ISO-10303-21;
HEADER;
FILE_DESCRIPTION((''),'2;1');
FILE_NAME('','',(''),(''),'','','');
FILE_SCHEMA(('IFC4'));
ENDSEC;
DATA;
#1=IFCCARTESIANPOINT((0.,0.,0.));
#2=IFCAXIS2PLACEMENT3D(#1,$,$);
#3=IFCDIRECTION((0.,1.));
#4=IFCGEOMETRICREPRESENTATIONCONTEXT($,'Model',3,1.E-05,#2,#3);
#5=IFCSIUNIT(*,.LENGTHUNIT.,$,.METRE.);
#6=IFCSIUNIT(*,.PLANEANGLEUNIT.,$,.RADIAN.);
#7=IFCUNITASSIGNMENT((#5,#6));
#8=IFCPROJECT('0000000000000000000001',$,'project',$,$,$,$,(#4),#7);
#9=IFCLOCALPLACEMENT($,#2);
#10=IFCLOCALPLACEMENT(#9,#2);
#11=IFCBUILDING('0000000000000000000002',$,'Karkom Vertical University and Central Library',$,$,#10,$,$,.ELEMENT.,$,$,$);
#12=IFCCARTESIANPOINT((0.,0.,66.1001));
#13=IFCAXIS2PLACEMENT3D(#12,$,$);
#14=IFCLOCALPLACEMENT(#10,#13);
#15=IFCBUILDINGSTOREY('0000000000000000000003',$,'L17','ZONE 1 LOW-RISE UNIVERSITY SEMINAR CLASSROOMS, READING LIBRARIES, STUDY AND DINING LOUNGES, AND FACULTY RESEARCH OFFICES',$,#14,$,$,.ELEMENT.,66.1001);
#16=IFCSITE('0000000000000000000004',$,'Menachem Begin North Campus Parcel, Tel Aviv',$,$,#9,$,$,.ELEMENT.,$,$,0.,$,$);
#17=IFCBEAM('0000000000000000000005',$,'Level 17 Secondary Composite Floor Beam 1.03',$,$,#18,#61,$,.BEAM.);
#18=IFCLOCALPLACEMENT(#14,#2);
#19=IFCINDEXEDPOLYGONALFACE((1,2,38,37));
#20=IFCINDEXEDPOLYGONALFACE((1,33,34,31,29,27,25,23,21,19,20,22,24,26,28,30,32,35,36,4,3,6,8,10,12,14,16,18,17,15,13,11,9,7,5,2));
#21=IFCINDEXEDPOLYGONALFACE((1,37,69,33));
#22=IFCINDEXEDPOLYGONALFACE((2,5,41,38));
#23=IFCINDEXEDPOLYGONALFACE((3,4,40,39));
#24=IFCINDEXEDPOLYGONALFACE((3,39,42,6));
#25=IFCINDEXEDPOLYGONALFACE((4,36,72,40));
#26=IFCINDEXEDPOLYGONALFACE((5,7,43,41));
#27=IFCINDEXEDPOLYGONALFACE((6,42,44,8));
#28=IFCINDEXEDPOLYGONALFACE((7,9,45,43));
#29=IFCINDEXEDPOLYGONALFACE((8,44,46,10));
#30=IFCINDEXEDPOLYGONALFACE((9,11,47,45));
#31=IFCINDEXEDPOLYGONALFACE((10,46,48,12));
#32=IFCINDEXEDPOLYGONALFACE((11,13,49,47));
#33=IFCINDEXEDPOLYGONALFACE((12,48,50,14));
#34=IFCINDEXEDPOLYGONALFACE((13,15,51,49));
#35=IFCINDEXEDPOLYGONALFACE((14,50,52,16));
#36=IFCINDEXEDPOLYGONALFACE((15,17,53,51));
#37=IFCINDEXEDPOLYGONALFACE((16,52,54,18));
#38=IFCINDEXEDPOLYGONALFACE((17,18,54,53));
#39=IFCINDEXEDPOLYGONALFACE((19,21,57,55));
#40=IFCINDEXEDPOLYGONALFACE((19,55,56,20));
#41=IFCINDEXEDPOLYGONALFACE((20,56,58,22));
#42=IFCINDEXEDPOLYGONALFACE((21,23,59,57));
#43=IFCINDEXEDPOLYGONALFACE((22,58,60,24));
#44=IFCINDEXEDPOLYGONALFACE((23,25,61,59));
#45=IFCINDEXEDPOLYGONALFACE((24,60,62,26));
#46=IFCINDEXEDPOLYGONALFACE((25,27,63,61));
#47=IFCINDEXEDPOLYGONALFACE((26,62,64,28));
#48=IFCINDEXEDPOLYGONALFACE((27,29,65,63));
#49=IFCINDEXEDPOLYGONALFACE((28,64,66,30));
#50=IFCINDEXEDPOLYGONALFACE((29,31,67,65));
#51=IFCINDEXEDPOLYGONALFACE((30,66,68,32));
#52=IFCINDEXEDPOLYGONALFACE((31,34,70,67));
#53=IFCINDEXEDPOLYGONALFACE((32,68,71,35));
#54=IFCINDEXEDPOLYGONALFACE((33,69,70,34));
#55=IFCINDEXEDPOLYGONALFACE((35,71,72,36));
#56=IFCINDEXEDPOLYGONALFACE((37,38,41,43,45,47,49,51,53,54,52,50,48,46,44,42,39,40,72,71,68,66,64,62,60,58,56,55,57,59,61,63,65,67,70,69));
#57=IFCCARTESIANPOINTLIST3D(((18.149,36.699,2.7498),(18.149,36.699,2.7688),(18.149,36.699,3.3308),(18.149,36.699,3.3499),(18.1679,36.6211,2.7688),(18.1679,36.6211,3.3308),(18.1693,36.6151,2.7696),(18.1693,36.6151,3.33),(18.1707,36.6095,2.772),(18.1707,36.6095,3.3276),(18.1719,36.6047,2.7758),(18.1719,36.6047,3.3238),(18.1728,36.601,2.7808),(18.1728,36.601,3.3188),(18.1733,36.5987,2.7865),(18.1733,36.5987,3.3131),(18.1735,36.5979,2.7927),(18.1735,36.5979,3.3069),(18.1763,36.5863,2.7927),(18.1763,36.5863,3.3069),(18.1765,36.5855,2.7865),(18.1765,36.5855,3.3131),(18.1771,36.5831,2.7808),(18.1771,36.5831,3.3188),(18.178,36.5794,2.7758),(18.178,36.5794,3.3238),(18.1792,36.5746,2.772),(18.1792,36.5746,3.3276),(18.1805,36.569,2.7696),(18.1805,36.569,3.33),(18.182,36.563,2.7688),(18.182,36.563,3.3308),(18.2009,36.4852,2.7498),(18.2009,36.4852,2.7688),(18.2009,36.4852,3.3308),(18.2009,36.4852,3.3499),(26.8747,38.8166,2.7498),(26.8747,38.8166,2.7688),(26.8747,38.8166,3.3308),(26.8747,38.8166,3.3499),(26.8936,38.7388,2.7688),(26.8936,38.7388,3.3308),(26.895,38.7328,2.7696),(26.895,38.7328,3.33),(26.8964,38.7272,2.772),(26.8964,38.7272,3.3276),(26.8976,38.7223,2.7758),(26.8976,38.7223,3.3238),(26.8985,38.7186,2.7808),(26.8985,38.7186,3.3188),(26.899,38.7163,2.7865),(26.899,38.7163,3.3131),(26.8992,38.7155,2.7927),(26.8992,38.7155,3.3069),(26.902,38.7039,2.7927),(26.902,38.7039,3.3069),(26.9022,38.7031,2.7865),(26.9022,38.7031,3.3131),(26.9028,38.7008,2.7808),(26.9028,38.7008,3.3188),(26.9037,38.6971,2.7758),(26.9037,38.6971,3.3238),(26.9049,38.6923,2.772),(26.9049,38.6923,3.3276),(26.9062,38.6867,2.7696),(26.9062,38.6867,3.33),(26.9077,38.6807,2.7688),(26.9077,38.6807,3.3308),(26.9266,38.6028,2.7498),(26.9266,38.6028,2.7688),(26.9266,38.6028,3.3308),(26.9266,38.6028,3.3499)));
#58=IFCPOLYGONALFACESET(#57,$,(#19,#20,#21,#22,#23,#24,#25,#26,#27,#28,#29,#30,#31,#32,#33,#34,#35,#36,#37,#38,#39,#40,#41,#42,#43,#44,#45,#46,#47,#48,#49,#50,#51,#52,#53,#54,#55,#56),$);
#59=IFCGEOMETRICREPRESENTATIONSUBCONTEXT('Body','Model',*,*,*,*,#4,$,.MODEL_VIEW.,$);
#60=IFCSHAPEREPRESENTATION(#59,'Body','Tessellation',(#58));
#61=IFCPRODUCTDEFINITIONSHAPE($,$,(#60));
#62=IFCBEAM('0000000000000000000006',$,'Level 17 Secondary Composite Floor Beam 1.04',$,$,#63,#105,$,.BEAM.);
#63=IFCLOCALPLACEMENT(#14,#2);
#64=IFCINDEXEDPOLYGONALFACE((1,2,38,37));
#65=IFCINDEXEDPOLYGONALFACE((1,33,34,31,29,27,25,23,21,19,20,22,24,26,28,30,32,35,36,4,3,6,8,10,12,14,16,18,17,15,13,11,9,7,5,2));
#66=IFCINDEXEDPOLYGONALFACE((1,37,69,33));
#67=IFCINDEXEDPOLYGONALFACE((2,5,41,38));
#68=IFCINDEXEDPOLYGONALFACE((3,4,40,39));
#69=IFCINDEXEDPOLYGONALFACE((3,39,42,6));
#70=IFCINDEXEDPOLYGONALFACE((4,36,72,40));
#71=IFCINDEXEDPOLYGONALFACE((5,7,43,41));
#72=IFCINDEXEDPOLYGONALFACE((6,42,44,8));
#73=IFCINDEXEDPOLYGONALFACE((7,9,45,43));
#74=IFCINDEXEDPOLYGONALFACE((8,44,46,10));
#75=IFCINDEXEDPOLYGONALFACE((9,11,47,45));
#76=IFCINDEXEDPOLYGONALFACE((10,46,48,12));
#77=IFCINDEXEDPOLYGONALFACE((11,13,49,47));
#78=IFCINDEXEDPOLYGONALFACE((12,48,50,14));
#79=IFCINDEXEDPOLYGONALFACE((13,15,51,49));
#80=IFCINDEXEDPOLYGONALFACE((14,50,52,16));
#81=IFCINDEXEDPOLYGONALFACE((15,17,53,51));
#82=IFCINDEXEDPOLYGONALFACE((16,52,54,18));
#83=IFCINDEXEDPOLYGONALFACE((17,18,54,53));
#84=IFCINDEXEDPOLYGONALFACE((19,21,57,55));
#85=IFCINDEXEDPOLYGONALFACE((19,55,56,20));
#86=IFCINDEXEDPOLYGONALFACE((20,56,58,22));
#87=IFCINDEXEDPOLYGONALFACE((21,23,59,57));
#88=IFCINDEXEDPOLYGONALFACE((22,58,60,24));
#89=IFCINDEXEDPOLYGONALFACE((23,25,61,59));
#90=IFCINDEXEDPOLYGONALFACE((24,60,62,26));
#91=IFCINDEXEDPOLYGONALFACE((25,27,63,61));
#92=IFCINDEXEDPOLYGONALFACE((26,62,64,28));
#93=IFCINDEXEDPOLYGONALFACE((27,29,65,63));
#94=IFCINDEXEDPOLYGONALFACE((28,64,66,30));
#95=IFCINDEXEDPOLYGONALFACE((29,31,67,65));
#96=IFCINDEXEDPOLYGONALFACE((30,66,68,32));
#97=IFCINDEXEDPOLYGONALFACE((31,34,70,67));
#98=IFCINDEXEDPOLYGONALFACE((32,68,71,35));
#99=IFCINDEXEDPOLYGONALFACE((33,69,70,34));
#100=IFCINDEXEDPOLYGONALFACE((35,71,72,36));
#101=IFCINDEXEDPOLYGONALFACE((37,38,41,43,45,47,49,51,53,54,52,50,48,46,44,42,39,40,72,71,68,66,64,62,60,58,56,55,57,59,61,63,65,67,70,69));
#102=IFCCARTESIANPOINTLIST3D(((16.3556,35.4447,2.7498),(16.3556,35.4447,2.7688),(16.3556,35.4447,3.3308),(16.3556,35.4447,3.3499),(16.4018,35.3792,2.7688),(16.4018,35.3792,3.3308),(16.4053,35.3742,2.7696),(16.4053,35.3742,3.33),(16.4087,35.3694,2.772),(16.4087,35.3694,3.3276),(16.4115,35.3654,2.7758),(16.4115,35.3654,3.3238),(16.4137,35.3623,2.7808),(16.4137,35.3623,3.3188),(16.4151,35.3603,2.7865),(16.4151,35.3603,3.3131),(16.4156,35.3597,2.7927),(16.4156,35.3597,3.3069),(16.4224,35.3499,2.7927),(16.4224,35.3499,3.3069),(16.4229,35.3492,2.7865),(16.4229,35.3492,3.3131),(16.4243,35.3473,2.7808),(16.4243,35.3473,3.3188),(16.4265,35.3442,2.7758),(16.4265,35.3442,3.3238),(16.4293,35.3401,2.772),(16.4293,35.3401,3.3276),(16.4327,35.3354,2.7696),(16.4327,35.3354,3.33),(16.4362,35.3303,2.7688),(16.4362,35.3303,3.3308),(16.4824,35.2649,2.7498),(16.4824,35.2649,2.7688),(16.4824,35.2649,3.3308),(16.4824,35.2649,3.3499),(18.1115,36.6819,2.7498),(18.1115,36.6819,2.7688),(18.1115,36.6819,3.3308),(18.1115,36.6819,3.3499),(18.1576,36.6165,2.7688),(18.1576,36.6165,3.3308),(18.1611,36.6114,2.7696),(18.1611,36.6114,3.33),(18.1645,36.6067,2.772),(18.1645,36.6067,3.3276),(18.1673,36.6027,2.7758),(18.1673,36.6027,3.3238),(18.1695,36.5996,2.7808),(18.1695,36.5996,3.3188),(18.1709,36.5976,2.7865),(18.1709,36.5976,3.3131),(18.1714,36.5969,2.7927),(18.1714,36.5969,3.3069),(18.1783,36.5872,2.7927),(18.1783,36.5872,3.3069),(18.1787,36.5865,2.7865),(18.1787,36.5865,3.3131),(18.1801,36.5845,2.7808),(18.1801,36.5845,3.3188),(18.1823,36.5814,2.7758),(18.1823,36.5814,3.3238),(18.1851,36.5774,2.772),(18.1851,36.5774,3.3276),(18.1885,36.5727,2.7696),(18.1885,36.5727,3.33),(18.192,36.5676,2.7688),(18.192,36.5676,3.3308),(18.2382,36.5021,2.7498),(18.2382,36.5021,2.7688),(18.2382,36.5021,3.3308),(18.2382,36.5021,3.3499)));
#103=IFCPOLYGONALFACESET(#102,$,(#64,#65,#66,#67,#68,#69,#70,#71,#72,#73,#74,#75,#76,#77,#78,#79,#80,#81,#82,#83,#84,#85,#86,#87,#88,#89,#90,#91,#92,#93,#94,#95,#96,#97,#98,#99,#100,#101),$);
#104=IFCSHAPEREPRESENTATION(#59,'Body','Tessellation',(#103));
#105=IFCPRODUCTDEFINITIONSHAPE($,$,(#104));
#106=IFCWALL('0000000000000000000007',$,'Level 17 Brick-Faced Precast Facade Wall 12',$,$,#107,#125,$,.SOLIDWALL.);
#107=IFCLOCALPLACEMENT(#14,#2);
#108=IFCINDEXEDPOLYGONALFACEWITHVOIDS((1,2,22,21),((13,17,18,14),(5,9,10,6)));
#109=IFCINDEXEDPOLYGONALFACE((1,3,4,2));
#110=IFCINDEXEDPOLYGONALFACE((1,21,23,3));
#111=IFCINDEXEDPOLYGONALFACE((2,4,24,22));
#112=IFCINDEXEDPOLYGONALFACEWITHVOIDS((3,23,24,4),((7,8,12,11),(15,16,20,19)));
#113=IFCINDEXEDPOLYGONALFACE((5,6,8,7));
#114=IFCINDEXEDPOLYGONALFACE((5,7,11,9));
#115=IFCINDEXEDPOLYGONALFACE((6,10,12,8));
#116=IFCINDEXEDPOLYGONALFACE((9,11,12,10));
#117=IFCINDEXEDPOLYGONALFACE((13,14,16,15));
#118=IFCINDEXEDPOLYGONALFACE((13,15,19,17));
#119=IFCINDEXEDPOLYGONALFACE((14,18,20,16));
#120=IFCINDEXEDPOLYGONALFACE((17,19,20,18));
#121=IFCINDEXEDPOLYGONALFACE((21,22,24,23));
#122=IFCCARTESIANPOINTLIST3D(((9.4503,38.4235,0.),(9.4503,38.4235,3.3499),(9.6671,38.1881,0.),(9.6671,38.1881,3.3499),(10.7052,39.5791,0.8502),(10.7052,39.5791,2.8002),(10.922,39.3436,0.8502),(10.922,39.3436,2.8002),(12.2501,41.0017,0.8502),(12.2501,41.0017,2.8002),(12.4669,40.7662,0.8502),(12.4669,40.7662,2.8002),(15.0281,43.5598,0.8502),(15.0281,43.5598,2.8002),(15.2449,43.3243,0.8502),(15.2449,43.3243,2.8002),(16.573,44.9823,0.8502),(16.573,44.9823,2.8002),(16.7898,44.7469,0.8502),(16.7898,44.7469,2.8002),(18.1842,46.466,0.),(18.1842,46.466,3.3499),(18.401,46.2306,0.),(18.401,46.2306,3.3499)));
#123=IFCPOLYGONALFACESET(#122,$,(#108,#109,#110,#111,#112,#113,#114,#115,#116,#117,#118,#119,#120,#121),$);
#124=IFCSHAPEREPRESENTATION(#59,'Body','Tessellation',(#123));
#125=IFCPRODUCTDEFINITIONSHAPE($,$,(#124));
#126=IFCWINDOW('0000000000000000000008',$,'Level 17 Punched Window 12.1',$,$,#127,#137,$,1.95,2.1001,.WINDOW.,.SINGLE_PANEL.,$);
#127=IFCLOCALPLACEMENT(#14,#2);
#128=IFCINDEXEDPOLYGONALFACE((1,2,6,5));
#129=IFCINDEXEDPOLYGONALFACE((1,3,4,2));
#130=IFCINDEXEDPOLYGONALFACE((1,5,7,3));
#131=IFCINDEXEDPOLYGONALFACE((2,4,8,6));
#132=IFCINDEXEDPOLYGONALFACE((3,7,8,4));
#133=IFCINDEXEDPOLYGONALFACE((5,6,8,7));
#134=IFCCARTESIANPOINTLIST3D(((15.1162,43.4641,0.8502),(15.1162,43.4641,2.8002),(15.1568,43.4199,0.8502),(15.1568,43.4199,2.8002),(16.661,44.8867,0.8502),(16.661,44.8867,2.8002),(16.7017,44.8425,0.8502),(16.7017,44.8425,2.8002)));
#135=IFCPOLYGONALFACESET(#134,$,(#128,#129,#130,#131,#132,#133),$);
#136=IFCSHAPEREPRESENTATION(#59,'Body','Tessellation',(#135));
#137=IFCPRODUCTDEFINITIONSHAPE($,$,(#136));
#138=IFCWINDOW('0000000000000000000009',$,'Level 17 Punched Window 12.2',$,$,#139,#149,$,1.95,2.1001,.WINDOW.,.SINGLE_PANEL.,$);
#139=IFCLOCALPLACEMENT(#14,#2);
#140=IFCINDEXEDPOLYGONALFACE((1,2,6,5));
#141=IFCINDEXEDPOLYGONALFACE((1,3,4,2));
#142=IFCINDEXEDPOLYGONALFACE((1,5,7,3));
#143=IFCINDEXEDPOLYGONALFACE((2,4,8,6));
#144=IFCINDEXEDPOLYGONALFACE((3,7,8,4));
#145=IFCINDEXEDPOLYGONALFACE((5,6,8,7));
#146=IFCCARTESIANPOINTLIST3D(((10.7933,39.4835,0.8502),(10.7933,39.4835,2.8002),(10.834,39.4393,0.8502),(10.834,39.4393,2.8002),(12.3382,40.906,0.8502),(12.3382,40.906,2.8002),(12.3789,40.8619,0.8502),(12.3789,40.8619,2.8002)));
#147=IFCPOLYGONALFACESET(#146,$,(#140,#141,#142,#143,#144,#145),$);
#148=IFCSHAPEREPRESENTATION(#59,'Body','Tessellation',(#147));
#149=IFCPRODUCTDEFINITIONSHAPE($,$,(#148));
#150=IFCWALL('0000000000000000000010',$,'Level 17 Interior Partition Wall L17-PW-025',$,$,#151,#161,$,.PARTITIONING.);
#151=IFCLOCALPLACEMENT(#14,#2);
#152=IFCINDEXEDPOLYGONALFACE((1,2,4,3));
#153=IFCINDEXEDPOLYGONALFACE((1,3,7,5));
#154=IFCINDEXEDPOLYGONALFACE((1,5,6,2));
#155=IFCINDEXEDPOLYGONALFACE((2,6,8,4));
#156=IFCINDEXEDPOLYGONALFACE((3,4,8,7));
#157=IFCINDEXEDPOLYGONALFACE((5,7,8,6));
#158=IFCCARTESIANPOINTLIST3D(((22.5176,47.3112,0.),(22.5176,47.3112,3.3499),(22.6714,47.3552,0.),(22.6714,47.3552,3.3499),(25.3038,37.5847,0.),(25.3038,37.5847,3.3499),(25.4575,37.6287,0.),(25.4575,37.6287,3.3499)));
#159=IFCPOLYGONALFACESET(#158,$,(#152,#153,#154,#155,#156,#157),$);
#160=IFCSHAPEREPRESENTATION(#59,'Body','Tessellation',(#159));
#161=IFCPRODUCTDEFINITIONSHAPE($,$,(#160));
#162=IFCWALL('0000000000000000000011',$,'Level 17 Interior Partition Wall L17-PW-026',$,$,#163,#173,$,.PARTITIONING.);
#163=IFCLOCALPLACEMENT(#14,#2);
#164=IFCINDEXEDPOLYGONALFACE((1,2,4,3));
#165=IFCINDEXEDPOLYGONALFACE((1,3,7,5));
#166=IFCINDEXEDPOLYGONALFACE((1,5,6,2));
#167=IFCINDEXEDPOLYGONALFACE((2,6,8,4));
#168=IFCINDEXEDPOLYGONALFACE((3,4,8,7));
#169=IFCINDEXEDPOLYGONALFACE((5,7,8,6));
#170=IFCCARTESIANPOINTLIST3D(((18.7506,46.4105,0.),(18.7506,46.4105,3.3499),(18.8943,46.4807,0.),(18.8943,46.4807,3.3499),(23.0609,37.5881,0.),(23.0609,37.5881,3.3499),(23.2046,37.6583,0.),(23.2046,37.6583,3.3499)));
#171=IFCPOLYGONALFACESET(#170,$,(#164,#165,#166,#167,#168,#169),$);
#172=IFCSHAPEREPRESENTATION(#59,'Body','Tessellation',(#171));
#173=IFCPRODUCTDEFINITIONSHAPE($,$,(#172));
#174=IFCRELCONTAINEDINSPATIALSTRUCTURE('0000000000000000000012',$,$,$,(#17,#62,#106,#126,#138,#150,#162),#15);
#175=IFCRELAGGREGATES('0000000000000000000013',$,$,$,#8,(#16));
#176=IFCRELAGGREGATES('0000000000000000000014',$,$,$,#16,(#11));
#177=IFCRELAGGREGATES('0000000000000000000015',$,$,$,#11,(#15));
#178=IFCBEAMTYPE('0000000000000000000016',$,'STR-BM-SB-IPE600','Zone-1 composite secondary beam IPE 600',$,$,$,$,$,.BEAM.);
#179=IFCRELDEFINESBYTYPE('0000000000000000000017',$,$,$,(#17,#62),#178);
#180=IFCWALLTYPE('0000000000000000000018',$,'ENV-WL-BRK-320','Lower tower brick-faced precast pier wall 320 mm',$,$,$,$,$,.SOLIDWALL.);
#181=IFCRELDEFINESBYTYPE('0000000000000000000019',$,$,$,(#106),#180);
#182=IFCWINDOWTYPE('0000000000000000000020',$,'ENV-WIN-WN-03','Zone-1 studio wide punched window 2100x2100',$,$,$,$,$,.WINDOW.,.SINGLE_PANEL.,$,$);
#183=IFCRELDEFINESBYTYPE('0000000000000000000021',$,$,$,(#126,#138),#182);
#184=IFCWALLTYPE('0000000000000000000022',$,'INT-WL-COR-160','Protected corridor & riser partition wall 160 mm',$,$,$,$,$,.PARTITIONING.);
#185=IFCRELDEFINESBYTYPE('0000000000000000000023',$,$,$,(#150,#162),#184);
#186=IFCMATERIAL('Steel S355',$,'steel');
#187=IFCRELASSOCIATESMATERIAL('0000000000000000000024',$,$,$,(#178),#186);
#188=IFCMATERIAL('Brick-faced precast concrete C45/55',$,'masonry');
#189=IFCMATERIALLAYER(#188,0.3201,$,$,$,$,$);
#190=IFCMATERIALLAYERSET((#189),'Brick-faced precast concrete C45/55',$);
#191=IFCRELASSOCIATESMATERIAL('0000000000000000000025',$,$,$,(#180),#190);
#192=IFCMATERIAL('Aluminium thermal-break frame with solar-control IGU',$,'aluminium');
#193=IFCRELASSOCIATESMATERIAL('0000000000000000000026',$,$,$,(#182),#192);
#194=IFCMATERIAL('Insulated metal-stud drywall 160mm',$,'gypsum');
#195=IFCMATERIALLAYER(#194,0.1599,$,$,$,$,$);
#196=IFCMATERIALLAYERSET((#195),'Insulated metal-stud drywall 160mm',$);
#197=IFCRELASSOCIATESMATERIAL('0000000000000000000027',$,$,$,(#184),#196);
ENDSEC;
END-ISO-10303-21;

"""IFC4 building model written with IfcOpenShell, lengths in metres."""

from ifc_helpers import new_model, si_unit, direction, frame, frame_2d, origin, origin_with_axes, origin_2d, place, context, subcontext, project, spatial, rectangle, i_section, extrude, source, transform, mapped, material, layer, layer_set, material_profile, profile_set, type_object, element, fill, save


model = new_model("IFC4")

# Units and contexts
model_context = context("Model", 3, precision=1e-05, world=origin(), true_north=direction((0.0, 1.0)))
body_context = subcontext(model_context, "Body", "Model", "MODEL_VIEW")
ifc_project = project(units=[si_unit("LENGTHUNIT", "METRE"), si_unit("PLANEANGLEUNIT", "RADIAN")], contexts=[model_context])

# Site, building, storey
site_placement = place(None, origin())
site = spatial("IfcSite", under=ifc_project, at=site_placement, Name="Menachem Begin North Campus Parcel, Tel Aviv", CompositionType="ELEMENT", RefElevation=0.0)
building_placement = place(site_placement, origin())
building = spatial("IfcBuilding", under=site, at=building_placement, Name="Karkom Vertical University and Central Library", CompositionType="ELEMENT")
storey_placement = place(building_placement, frame((0.0, 0.0, 66.1001)))
storey = spatial("IfcBuildingStorey", under=building, at=storey_placement, Name="L17", Description="ZONE 1 LOW-RISE UNIVERSITY SEMINAR CLASSROOMS, READING LIBRARIES, STUDY AND DINING LOUNGES, AND FACULTY RESEARCH OFFICES", CompositionType="ELEMENT", Elevation=66.1001)

# Beams
ifc_material_1 = material(Name="Steel S355", Category="steel")
ifc_material_profile_1 = material_profile(ifc_material_1, i_section(OverallWidth=0.22, OverallDepth=0.6001, WebThickness=0.012, FlangeThickness=0.019, FilletRadius=0.0239, at=origin_2d()), Name="IPE 600")
ifc_profile_set_1 = profile_set([ifc_material_profile_1], Name="Steel S355")
beam_type_1 = type_object("IfcBeamType", Name="STR-BM-SB-IPE600", Description="Zone-1 composite secondary beam IPE 600", PredefinedType="BEAM", material=ifc_profile_set_1)
shared_shape_1 = source(origin_with_axes(), body_context, "Body", "SweptSolid", [
    extrude(i_section(OverallWidth=0.22, OverallDepth=0.6001, WebThickness=0.012, FlangeThickness=0.019, FilletRadius=0.0239, at=origin_2d()), origin(), (0.0, 0.0, 1.0), 8.979),
])
beam_1_placement = place(storey_placement, frame((26.9006, 38.7097, 3.0498), z_axis=(-0.971791, -0.235844, 0.0), x_axis=(0.235844, -0.971791, 0.0)))
element("IfcBeam", 1, at=beam_1_placement, inside=storey, type_object=beam_type_1, Name="Level 17 Secondary Composite Floor Beam 1.03", PredefinedType="BEAM", context=body_context, shape_type="MappedRepresentation", body=[
    mapped(shared_shape_1, transform((0.0, 0.0, 0.0), scale=1.0)),
])
shared_shape_2 = source(origin_with_axes(), body_context, "Body", "SweptSolid", [
    extrude(i_section(OverallWidth=0.22, OverallDepth=0.6001, WebThickness=0.012, FlangeThickness=0.019, FilletRadius=0.0239, at=origin_2d()), origin(), (0.0, 0.0, 1.0), 2.1479),
])
beam_2_placement = place(storey_placement, frame((18.1748, 36.592, 3.0498), z_axis=(-0.817434, -0.576023, 0.0), x_axis=(0.576023, -0.817434, 0.0)))
element("IfcBeam", 2, at=beam_2_placement, inside=storey, type_object=beam_type_1, Name="Level 17 Secondary Composite Floor Beam 1.04", PredefinedType="BEAM", context=body_context, shape_type="MappedRepresentation", body=[
    mapped(shared_shape_2, transform((0.0, 0.0, 0.0), scale=1.0)),
])

# Wall, openings, windows
ifc_material_2 = material(Name="Brick-faced precast concrete C45/55", Category="masonry")
ifc_layer_1 = layer(ifc_material_2, 0.3201)
ifc_layer_set_1 = layer_set([ifc_layer_1], Name="Brick-faced precast concrete C45/55")
wall_type_1 = type_object("IfcWallType", Name="ENV-WL-BRK-320", Description="Lower tower brick-faced precast pier wall 320 mm", PredefinedType="SOLIDWALL", material=ifc_layer_set_1)
wall_1_placement = place(storey_placement, frame((18.2927, 46.3484, 0.0), z_axis=(0.0, 0.0, 1.0), x_axis=(-0.735624, -0.67739, 0.0)))
wall_1 = element("IfcWall", 3, at=wall_1_placement, inside=storey, type_object=wall_type_1, Name="Level 17 Brick-Faced Precast Facade Wall 12", PredefinedType="SOLIDWALL", context=body_context, shape_type="SweptSolid", body=[
    extrude(rectangle(XDim=11.8728, YDim=0.3201, at=frame_2d((5.9365, 0.0))), origin(), (0.0, 0.0, 1.0), 3.3499),
])
opening_1_placement = place(wall_1_placement, frame((2.1904, 0.0, 0.8501)))
opening_1 = element("IfcOpeningElement", 4, at=opening_1_placement, cuts=wall_1, PredefinedType="OPENING", context=body_context, shape_type="SweptSolid", body=[
    extrude(rectangle(XDim=2.1001, YDim=1.95, at=frame_2d((1.05, 0.9751))), frame((0.0, 0.1699, 0.0), z_axis=(0.0, -1.0, 0.0), x_axis=(1.0, 0.0, 0.0)), (0.0, 0.0, 1.0), 0.3401),
])
opening_2_placement = place(wall_1_placement, frame((8.0669, 0.0, 0.8501)))
opening_2 = element("IfcOpeningElement", 5, at=opening_2_placement, cuts=wall_1, PredefinedType="OPENING", context=body_context, shape_type="SweptSolid", body=[
    extrude(rectangle(XDim=2.1001, YDim=1.95, at=frame_2d((1.05, 0.9751))), frame((0.0, 0.1699, 0.0), z_axis=(0.0, -1.0, 0.0), x_axis=(1.0, 0.0, 0.0)), (0.0, 0.0, 1.0), 0.3401),
])
ifc_material_3 = material(Name="Aluminium thermal-break frame with solar-control IGU", Category="aluminium")
window_type = type_object("IfcWindowType", Name="ENV-WIN-WN-03", Description="Zone-1 studio wide punched window 2100x2100", PartitioningType="SINGLE_PANEL", PredefinedType="WINDOW", material=ifc_material_3)
shared_shape_3 = source(origin_with_axes(), body_context, "Body", "SweptSolid", [
    extrude(rectangle(XDim=2.1001, YDim=1.95, at=frame_2d((1.05, 0.9751))), frame((0.0, 0.03, 0.0), z_axis=(0.0, -1.0, 0.0), x_axis=(1.0, 0.0, 0.0)), (0.0, 0.0, 1.0), 0.0601),
])
window_1_placement = place(opening_1_placement, origin())
window_1 = element("IfcWindow", 6, at=window_1_placement, inside=storey, type_object=window_type, Name="Level 17 Punched Window 12.1", OverallHeight=1.95, OverallWidth=2.1001, PartitioningType="SINGLE_PANEL", PredefinedType="WINDOW", context=body_context, shape_type="MappedRepresentation", body=[
    mapped(shared_shape_3, transform((0.0, 0.0, 0.0), scale=1.0)),
])
fill(opening_1, window_1)
window_2_placement = place(opening_2_placement, origin())
window_2 = element("IfcWindow", 7, at=window_2_placement, inside=storey, type_object=window_type, Name="Level 17 Punched Window 12.2", OverallHeight=1.95, OverallWidth=2.1001, PartitioningType="SINGLE_PANEL", PredefinedType="WINDOW", context=body_context, shape_type="MappedRepresentation", body=[
    mapped(shared_shape_3, transform((0.0, 0.0, 0.0), scale=1.0)),
])
fill(opening_2, window_2)

# Walls
ifc_material_4 = material(Name="Insulated metal-stud drywall 160mm", Category="gypsum")
ifc_layer_2 = layer(ifc_material_4, 0.1599)
ifc_layer_set_2 = layer_set([ifc_layer_2], Name="Insulated metal-stud drywall 160mm")
wall_type_2 = type_object("IfcWallType", Name="INT-WL-COR-160", Description="Protected corridor & riser partition wall 160 mm", PredefinedType="PARTITIONING", material=ifc_layer_set_2)
wall_2_placement = place(storey_placement, frame((25.3806, 37.6067, 0.0), z_axis=(0.0, 0.0, 1.0), x_axis=(-0.275371, 0.961338, 0.0)))
element("IfcWall", 8, at=wall_2_placement, inside=storey, type_object=wall_type_2, Name="Level 17 Interior Partition Wall L17-PW-025", PredefinedType="PARTITIONING", context=body_context, shape_type="SweptSolid", body=[
    extrude(rectangle(XDim=10.1177, YDim=0.1599, at=frame_2d((5.0588, 0.0))), origin(), (0.0, 0.0, 1.0), 3.3499),
])
wall_3_placement = place(storey_placement, frame((23.1328, 37.623, 0.0), z_axis=(0.0, 0.0, 1.0), x_axis=(-0.43897, 0.898502, 0.0)))
element("IfcWall", 9, at=wall_3_placement, inside=storey, type_object=wall_type_2, Name="Level 17 Interior Partition Wall L17-PW-026", PredefinedType="PARTITIONING", context=body_context, shape_type="SweptSolid", body=[
    extrude(rectangle(XDim=9.8191, YDim=0.1599, at=frame_2d((4.9097, 0.0))), origin(), (0.0, 0.0, 1.0), 3.3499),
])

save(model, "model.ifc")
